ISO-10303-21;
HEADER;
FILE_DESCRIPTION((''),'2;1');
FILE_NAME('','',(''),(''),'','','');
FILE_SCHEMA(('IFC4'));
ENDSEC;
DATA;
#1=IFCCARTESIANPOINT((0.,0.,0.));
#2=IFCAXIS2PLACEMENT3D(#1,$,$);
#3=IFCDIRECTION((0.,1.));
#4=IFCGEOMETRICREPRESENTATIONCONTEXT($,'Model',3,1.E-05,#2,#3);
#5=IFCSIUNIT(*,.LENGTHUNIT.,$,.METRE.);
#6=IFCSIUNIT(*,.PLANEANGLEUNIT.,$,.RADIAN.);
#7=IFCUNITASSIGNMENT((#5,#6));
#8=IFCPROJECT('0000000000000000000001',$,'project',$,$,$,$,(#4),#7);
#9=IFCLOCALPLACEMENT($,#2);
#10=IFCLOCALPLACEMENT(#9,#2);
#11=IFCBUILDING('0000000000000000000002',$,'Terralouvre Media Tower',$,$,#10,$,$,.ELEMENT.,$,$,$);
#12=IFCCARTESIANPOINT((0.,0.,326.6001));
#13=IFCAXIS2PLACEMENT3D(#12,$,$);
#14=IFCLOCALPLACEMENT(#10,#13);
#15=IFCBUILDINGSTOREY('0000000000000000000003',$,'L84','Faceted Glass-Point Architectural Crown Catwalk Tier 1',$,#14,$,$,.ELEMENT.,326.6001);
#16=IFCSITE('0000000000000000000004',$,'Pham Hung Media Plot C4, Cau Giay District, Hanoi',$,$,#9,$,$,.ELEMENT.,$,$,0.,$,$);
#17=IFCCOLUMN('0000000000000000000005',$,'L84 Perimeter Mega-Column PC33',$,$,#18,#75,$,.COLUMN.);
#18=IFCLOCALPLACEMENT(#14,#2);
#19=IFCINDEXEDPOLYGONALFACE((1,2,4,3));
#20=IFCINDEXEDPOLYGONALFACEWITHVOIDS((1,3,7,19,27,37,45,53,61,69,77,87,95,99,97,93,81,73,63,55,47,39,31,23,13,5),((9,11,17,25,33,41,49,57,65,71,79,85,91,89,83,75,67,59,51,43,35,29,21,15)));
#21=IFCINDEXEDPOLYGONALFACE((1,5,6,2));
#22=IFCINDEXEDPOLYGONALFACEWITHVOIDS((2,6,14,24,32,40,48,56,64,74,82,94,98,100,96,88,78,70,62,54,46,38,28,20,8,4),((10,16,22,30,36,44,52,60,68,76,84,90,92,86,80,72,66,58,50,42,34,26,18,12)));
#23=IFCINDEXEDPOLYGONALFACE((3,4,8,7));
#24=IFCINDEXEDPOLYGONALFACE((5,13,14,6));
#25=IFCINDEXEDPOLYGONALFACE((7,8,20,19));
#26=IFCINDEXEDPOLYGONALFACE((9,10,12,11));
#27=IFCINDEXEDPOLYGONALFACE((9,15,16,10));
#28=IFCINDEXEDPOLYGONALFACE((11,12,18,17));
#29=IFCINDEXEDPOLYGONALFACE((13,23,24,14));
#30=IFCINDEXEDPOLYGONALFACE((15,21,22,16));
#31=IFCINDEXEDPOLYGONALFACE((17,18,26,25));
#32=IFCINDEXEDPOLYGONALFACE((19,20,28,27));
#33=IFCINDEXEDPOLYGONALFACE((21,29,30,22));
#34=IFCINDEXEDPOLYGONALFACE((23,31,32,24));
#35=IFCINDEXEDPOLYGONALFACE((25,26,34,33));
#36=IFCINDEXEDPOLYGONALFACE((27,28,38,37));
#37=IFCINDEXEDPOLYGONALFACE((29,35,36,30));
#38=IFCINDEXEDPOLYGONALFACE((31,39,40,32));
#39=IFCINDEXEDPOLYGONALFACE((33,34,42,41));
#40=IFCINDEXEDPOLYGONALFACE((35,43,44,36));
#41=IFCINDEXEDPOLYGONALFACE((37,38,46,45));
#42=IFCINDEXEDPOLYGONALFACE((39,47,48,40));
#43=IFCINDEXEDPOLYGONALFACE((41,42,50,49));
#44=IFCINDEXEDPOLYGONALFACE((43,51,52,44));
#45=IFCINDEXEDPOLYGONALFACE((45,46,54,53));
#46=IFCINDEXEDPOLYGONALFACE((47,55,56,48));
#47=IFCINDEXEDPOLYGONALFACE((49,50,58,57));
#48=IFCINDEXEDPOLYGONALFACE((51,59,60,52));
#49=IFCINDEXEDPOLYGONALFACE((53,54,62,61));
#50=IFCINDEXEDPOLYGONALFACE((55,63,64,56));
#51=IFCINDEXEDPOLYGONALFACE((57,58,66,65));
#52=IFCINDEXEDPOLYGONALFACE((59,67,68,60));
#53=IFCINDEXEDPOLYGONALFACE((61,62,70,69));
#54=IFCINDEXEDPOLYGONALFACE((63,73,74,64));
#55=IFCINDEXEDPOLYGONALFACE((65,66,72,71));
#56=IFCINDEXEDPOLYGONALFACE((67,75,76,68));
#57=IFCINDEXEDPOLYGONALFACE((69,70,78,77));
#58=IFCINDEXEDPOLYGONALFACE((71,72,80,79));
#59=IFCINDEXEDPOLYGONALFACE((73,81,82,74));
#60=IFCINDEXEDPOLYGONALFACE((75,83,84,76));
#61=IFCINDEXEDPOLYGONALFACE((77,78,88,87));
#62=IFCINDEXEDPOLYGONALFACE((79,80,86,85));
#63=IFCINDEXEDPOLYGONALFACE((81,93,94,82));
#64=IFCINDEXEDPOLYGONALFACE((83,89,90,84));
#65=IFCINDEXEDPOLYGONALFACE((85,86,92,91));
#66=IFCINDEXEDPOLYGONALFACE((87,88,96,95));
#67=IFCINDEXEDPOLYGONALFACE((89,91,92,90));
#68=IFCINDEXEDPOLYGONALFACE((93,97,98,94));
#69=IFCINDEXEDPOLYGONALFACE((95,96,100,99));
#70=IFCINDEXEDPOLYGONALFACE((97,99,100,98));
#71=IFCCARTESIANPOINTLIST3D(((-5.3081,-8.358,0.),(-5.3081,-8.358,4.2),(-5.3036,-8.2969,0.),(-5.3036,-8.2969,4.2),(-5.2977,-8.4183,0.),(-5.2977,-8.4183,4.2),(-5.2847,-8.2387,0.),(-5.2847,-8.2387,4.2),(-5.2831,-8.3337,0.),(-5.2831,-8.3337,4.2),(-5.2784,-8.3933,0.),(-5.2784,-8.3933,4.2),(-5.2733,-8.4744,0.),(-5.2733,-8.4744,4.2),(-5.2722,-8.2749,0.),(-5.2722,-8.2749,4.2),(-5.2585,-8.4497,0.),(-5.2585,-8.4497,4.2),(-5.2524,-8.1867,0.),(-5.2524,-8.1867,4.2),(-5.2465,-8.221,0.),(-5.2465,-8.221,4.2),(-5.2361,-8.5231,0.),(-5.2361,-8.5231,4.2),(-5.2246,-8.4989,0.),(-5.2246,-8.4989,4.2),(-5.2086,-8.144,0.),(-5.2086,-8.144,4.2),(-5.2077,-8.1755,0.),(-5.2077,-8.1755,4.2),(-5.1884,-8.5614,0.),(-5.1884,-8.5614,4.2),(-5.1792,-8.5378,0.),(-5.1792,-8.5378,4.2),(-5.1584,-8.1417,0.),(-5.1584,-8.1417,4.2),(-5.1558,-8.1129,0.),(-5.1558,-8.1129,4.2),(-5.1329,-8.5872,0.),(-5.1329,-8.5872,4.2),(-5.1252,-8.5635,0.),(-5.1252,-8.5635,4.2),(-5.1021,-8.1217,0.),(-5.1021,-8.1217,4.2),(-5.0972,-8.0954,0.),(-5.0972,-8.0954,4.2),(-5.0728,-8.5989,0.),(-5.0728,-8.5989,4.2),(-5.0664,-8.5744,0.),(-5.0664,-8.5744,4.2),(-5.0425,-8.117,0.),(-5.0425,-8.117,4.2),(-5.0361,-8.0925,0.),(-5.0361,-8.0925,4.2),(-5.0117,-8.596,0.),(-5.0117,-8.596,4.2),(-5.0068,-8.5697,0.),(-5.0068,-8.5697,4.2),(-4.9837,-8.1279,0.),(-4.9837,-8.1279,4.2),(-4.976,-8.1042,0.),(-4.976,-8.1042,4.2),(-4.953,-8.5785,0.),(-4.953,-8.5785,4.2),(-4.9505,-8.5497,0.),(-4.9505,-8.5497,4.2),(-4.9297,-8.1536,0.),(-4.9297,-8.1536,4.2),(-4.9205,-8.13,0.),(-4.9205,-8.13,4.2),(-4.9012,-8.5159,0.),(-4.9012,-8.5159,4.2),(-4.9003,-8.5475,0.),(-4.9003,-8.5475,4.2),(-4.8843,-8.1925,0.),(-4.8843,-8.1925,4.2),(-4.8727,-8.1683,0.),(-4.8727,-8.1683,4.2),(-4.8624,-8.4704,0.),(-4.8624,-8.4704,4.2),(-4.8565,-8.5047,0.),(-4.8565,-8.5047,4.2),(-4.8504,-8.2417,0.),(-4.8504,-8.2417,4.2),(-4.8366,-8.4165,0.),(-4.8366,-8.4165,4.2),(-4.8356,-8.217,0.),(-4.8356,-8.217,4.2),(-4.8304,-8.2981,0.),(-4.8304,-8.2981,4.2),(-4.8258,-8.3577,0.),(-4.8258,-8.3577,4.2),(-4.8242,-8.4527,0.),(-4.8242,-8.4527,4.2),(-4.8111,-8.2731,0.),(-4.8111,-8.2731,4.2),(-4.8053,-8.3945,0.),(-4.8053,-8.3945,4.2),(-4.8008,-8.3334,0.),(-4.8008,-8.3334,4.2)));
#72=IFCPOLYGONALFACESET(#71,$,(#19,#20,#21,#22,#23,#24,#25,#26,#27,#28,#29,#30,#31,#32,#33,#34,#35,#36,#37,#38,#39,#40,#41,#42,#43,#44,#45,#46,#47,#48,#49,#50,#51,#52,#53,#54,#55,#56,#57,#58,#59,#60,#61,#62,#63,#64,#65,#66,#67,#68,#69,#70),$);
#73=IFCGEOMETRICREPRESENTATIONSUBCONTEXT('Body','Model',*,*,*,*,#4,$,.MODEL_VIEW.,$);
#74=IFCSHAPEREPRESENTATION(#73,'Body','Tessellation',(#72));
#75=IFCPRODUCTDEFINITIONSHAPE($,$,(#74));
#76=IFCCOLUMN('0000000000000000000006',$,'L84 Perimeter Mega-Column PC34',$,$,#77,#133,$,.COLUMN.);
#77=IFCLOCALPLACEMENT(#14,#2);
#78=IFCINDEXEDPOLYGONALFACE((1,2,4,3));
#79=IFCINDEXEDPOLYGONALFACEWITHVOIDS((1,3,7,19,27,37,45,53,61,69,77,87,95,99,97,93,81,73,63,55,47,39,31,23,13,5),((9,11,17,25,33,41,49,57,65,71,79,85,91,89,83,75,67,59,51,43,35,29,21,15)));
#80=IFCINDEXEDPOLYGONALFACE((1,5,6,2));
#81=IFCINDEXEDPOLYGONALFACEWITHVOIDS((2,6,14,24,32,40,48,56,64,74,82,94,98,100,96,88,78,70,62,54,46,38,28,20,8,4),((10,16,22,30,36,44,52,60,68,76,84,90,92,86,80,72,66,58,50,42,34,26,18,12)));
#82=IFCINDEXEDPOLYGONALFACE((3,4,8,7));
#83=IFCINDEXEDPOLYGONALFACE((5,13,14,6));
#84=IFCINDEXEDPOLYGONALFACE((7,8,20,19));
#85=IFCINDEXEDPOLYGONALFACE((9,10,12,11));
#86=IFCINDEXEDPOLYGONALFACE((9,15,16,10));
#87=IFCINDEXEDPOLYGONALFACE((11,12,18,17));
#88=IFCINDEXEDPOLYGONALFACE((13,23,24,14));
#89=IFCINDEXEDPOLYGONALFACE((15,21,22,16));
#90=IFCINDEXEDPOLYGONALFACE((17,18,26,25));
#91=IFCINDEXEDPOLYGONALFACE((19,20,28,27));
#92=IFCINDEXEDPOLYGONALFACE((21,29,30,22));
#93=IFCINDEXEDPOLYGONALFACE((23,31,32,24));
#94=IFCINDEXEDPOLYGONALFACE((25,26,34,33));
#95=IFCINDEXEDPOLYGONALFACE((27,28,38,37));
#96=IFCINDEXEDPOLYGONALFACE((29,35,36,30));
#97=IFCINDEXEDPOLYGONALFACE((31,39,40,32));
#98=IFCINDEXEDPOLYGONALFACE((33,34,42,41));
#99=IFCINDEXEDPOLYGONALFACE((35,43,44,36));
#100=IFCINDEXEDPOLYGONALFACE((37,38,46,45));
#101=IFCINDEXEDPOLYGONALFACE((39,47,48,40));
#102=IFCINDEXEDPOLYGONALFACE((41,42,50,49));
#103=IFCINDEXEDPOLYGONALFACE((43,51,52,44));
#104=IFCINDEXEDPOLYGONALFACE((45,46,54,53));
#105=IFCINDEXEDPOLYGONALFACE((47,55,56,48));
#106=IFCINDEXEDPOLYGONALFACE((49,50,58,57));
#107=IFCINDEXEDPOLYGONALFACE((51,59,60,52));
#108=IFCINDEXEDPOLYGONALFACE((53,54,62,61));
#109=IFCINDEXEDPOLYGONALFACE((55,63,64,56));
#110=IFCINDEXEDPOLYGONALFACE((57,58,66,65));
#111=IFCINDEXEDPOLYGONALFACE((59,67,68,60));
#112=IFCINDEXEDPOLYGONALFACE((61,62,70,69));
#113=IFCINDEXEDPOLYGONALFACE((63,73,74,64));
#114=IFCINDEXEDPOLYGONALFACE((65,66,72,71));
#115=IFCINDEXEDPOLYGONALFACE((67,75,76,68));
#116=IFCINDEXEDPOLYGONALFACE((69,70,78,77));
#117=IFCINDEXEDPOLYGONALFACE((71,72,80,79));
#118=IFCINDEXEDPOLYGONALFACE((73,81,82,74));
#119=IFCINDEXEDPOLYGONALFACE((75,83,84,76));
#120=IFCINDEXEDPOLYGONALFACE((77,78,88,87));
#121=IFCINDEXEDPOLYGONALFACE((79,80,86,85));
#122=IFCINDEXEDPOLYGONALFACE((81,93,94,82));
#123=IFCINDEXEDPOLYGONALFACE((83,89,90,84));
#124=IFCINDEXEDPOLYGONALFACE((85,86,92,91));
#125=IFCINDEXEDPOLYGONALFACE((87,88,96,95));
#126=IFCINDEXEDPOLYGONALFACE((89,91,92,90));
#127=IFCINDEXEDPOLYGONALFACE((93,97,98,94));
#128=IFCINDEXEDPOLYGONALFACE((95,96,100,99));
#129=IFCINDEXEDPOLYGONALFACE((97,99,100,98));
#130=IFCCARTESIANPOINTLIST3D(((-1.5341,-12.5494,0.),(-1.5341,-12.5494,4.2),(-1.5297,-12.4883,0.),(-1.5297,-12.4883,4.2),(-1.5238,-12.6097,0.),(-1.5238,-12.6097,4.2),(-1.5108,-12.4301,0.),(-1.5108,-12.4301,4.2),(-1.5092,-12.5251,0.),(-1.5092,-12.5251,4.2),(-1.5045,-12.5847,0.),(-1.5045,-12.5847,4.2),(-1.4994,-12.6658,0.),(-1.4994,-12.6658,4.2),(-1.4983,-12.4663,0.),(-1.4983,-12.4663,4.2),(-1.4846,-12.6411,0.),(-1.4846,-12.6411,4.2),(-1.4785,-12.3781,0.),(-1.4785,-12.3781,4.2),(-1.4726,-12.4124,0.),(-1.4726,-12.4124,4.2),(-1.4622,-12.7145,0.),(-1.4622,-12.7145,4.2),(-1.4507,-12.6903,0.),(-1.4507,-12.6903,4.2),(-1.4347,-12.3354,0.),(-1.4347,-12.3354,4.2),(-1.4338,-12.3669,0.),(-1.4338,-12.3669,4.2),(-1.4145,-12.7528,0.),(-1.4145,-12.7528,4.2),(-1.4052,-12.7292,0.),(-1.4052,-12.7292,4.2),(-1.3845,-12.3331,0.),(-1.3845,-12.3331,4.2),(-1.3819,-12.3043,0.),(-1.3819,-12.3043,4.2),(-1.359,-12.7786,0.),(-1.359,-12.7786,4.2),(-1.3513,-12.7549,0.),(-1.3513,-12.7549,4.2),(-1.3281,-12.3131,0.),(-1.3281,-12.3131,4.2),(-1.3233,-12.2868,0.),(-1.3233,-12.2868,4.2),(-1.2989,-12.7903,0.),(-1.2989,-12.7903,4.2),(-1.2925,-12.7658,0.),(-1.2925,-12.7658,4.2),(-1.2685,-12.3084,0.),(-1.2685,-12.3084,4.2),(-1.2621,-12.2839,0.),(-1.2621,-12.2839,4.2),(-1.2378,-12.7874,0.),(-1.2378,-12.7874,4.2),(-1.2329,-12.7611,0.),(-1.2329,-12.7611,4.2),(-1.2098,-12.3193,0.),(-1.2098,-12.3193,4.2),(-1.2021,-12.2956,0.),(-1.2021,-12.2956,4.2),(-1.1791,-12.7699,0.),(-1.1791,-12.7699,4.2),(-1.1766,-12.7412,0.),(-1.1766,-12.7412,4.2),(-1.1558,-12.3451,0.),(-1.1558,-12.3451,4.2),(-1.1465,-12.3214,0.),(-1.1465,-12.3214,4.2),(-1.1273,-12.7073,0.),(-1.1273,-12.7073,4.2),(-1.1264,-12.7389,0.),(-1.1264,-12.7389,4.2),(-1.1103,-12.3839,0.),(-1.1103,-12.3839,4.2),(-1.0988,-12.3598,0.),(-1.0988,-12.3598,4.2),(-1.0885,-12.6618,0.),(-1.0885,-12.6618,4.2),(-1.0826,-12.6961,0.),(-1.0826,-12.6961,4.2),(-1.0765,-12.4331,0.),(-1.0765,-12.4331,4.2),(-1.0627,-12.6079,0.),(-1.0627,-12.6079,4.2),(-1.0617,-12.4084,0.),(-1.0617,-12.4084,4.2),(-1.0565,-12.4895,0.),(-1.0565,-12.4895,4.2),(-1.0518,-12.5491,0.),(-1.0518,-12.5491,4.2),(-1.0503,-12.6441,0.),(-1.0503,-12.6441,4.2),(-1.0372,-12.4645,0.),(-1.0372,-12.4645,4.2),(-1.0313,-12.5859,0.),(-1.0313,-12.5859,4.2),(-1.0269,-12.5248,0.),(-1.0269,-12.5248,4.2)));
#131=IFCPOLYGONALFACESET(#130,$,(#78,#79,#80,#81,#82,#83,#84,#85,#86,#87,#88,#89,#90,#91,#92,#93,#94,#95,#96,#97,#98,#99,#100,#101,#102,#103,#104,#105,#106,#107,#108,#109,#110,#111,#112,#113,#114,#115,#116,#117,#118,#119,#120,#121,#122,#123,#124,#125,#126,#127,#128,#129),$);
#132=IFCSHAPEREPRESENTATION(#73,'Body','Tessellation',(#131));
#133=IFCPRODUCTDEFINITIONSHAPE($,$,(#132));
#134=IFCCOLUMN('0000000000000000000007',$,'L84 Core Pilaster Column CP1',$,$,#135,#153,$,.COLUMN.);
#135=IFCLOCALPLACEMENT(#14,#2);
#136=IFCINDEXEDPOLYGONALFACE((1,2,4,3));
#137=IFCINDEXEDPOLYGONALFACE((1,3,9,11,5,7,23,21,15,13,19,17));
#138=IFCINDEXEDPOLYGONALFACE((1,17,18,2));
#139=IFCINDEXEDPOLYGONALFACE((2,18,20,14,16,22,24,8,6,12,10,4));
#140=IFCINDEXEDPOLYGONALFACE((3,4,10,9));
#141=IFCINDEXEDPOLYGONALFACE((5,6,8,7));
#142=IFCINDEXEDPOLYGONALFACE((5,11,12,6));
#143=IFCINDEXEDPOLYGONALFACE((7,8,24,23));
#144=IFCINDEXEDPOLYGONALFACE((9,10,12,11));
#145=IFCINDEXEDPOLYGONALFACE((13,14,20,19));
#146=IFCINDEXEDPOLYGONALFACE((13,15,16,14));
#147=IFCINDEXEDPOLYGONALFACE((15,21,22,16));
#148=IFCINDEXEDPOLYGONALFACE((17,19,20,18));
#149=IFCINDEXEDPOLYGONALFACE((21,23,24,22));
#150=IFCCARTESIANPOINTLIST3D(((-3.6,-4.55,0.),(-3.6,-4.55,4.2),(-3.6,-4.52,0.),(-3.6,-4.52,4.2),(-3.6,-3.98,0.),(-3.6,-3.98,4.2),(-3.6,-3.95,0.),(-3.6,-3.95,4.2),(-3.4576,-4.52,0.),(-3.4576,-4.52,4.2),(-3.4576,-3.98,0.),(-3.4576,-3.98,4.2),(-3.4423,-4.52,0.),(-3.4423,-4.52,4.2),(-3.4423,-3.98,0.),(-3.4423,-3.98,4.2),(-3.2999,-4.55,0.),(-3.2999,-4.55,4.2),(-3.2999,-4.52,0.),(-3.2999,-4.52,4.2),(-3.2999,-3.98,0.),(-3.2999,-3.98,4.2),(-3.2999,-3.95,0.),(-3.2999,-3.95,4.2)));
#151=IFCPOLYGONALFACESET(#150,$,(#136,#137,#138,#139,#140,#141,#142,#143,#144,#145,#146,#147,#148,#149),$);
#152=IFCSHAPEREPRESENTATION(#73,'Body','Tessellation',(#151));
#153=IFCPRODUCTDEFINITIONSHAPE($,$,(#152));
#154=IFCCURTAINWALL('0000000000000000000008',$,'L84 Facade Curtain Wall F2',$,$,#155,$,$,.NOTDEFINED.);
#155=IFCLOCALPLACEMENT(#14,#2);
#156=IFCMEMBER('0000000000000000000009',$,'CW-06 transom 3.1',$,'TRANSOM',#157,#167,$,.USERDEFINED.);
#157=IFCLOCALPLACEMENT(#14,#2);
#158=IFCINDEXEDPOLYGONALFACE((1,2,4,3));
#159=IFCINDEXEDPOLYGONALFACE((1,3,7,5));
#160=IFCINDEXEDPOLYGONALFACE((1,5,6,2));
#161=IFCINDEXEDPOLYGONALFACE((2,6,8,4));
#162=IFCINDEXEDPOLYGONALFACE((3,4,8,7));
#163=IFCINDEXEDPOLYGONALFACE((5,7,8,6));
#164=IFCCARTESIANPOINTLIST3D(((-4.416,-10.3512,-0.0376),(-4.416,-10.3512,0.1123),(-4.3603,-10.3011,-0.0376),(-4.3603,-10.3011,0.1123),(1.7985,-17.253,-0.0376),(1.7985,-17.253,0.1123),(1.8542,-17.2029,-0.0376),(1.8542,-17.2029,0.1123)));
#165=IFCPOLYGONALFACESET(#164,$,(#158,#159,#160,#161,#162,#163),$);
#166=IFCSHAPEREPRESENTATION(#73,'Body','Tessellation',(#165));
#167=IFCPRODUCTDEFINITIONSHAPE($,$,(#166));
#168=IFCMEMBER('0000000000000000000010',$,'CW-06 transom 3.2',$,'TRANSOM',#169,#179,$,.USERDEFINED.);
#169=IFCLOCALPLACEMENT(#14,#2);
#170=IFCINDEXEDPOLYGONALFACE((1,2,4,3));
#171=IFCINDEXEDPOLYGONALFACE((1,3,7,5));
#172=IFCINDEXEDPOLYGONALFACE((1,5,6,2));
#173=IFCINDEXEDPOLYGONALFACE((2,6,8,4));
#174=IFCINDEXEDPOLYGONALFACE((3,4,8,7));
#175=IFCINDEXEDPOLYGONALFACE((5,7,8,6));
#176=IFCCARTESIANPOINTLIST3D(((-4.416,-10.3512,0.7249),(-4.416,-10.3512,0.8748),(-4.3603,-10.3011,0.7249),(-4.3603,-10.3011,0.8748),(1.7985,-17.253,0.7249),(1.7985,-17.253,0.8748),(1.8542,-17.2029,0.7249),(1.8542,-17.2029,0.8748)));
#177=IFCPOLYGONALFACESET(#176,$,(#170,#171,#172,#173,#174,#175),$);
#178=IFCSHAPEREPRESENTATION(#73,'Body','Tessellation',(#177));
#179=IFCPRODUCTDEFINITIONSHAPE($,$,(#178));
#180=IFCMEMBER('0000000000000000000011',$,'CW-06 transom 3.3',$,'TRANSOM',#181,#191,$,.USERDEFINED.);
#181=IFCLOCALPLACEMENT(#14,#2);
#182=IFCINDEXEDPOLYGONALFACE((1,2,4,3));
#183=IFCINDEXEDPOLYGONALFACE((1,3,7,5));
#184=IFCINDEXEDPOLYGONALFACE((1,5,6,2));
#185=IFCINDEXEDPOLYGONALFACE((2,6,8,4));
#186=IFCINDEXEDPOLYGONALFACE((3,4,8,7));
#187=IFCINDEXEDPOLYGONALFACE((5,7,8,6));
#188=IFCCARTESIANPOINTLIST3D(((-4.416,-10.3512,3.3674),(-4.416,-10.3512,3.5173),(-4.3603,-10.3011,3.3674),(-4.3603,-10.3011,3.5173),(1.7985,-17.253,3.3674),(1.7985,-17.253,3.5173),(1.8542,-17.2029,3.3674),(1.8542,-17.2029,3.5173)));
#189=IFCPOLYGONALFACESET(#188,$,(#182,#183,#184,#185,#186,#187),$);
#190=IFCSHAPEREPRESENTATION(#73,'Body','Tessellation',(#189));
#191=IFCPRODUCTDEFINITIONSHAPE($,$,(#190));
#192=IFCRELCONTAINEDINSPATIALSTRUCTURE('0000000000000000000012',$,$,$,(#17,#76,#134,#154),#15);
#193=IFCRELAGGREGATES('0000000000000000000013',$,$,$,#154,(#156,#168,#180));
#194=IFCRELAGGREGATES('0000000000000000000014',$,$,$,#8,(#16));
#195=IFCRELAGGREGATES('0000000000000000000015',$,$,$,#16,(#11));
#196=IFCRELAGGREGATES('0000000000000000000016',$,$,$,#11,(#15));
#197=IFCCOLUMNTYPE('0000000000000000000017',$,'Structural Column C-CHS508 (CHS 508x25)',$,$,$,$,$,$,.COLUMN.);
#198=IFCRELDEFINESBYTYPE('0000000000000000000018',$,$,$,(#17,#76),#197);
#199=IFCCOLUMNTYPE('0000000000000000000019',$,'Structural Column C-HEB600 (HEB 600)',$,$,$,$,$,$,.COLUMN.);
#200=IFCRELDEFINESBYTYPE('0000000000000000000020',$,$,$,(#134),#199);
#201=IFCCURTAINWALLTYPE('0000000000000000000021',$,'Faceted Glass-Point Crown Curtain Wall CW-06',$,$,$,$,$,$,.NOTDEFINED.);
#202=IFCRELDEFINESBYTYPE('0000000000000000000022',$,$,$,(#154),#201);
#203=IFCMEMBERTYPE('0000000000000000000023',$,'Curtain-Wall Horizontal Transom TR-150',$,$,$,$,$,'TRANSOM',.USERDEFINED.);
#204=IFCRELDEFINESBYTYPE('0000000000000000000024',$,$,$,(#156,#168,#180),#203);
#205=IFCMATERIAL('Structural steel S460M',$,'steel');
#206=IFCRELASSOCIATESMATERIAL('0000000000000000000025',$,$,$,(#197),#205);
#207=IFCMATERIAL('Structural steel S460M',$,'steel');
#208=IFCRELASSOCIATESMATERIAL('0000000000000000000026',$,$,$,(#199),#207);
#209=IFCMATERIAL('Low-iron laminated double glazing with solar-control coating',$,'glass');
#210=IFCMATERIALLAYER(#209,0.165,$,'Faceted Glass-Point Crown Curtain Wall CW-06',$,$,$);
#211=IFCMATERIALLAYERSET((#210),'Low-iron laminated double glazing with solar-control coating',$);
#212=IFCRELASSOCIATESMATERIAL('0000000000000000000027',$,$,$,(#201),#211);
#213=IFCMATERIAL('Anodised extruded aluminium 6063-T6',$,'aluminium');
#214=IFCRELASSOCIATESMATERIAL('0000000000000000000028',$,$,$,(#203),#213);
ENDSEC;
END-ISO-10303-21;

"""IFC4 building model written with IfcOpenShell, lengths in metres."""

from ifc_helpers import new_model, si_unit, direction, frame, origin, origin_2d, place, context, subcontext, project, spatial, rectangle, hollow_circle, i_section, extrude, material, layer, layer_set, material_profile, profile_set, type_object, element, aggregate, save


model = new_model("IFC4")

# Units and contexts
model_context = context("Model", 3, precision=1e-05, world=origin(), true_north=direction((0.0, 1.0)))
body_context = subcontext(model_context, "Body", "Model", "MODEL_VIEW")
ifc_project = project(units=[si_unit("LENGTHUNIT", "METRE"), si_unit("PLANEANGLEUNIT", "RADIAN")], contexts=[model_context])

# Site, building, storey
site_placement = place(None, origin())
site = spatial("IfcSite", under=ifc_project, at=site_placement, Name="Pham Hung Media Plot C4, Cau Giay District, Hanoi", CompositionType="ELEMENT", RefElevation=0.0)
building_placement = place(site_placement, origin())
building = spatial("IfcBuilding", under=site, at=building_placement, Name="Terralouvre Media Tower", CompositionType="ELEMENT")
storey_placement = place(building_placement, frame((0.0, 0.0, 326.6001)))
storey = spatial("IfcBuildingStorey", under=building, at=storey_placement, Name="L84", Description="Faceted Glass-Point Architectural Crown Catwalk Tier 1", CompositionType="ELEMENT", Elevation=326.6001)

# Columns
ifc_material_1 = material(Name="Structural steel S460M", Category="steel")
ifc_material_profile_1 = material_profile(ifc_material_1, hollow_circle(Radius=0.2539, WallThickness=0.0249, at=origin_2d()), Name="CHS 508x25")
ifc_profile_set_1 = profile_set([ifc_material_profile_1], Name="Structural steel S460M")
column_type_1 = type_object("IfcColumnType", Name="Structural Column C-CHS508 (CHS 508x25)", PredefinedType="COLUMN", material=ifc_profile_set_1)
for number, where, z_axis, x_axis, name in (
    (1, (-5.0544, -8.3457, 0.0), (0.0, 0.0, 1.0), (0.309017, 0.951057, 0.0), "L84 Perimeter Mega-Column PC33"),
    (2, (-1.2805, -12.5371, 0.0), (0.0, 0.0, 1.0), (0.309017, 0.951057, 0.0), "L84 Perimeter Mega-Column PC34"),
):
    element("IfcColumn", number, at=place(storey_placement, frame(where, z_axis=z_axis, x_axis=x_axis)), inside=storey, type_object=column_type_1, Name=name, PredefinedType="COLUMN", context=body_context, shape_type="SweptSolid", body=[
        extrude(hollow_circle(Radius=0.2539, WallThickness=0.0249, at=origin_2d()), origin(), (0.0, 0.0, 1.0), 4.2),
    ])
ifc_material_2 = material(Name="Structural steel S460M", Category="steel")
ifc_material_profile_2 = material_profile(ifc_material_2, i_section(OverallWidth=0.3, OverallDepth=0.6001, WebThickness=0.0154, FlangeThickness=0.03, at=origin_2d()), Name="HEB 600")
ifc_profile_set_2 = profile_set([ifc_material_profile_2], Name="Structural steel S460M")
column_type_2 = type_object("IfcColumnType", Name="Structural Column C-HEB600 (HEB 600)", PredefinedType="COLUMN", material=ifc_profile_set_2)
column_placement = place(storey_placement, frame((-3.45, -4.25, 0.0), z_axis=(0.0, 0.0, 1.0), x_axis=(1.0, 0.0, 0.0)))
element("IfcColumn", 3, at=column_placement, inside=storey, type_object=column_type_2, Name="L84 Core Pilaster Column CP1", PredefinedType="COLUMN", context=body_context, shape_type="SweptSolid", body=[
    extrude(i_section(OverallWidth=0.3, OverallDepth=0.6001, WebThickness=0.0154, FlangeThickness=0.03, at=origin_2d()), origin(), (0.0, 0.0, 1.0), 4.2),
])

# Curtain wall, members
ifc_material_3 = material(Name="Low-iron laminated double glazing with solar-control coating", Category="glass")
ifc_layer_1 = layer(ifc_material_3, 0.165, Name="Faceted Glass-Point Crown Curtain Wall CW-06")
ifc_layer_set_1 = layer_set([ifc_layer_1], Name="Low-iron laminated double glazing with solar-control coating")
curtain_wall_type = type_object("IfcCurtainWallType", Name="Faceted Glass-Point Crown Curtain Wall CW-06", PredefinedType="NOTDEFINED", material=ifc_layer_set_1)
curtain_wall_placement = place(storey_placement, origin())
curtain_wall = element("IfcCurtainWall", 4, at=curtain_wall_placement, inside=storey, type_object=curtain_wall_type, Name="L84 Facade Curtain Wall F2", PredefinedType="NOTDEFINED")
ifc_material_4 = material(Name="Anodised extruded aluminium 6063-T6", Category="aluminium")
ifc_material_profile_3 = material_profile(ifc_material_4, rectangle(XDim=0.075, YDim=0.1499, at=origin_2d()), Name="ALU 75x150")
ifc_profile_set_3 = profile_set([ifc_material_profile_3], Name="Anodised extruded aluminium 6063-T6")
member_type_1 = type_object("IfcMemberType", Name="Curtain-Wall Horizontal Transom TR-150", ElementType="TRANSOM", PredefinedType="USERDEFINED", material=ifc_profile_set_3)
member_1_placement = place(storey_placement, frame((-4.3882, -10.3262, 0.0374), z_axis=(0.669139, -0.743137, 0.0), x_axis=(0.743137, 0.669139, 0.0)))
member_1 = element("IfcMember", 5, at=member_1_placement, type_object=member_type_1, Name="CW-06 transom 3.1", ObjectType="TRANSOM", PredefinedType="USERDEFINED", context=body_context, shape_type="SweptSolid", body=[
    extrude(rectangle(XDim=0.075, YDim=0.1499, at=origin_2d()), origin(), (0.0, 0.0, 1.0), 9.2874),
])
member_2_placement = place(storey_placement, frame((-4.3882, -10.3262, 0.7998), z_axis=(0.669139, -0.743137, 0.0), x_axis=(0.743137, 0.669139, 0.0)))
member_2 = element("IfcMember", 6, at=member_2_placement, type_object=member_type_1, Name="CW-06 transom 3.2", ObjectType="TRANSOM", PredefinedType="USERDEFINED", context=body_context, shape_type="SweptSolid", body=[
    extrude(rectangle(XDim=0.075, YDim=0.1499, at=origin_2d()), origin(), (0.0, 0.0, 1.0), 9.2874),
])
member_3_placement = place(storey_placement, frame((-4.3882, -10.3262, 3.4424), z_axis=(0.669139, -0.743137, 0.0), x_axis=(0.743137, 0.669139, 0.0)))
member_3 = element("IfcMember", 7, at=member_3_placement, type_object=member_type_1, Name="CW-06 transom 3.3", ObjectType="TRANSOM", PredefinedType="USERDEFINED", context=body_context, shape_type="SweptSolid", body=[
    extrude(rectangle(XDim=0.075, YDim=0.1499, at=origin_2d()), origin(), (0.0, 0.0, 1.0), 9.2874),
])

aggregate(curtain_wall, [member_1, member_2, member_3])

save(model, "model.ifc")
